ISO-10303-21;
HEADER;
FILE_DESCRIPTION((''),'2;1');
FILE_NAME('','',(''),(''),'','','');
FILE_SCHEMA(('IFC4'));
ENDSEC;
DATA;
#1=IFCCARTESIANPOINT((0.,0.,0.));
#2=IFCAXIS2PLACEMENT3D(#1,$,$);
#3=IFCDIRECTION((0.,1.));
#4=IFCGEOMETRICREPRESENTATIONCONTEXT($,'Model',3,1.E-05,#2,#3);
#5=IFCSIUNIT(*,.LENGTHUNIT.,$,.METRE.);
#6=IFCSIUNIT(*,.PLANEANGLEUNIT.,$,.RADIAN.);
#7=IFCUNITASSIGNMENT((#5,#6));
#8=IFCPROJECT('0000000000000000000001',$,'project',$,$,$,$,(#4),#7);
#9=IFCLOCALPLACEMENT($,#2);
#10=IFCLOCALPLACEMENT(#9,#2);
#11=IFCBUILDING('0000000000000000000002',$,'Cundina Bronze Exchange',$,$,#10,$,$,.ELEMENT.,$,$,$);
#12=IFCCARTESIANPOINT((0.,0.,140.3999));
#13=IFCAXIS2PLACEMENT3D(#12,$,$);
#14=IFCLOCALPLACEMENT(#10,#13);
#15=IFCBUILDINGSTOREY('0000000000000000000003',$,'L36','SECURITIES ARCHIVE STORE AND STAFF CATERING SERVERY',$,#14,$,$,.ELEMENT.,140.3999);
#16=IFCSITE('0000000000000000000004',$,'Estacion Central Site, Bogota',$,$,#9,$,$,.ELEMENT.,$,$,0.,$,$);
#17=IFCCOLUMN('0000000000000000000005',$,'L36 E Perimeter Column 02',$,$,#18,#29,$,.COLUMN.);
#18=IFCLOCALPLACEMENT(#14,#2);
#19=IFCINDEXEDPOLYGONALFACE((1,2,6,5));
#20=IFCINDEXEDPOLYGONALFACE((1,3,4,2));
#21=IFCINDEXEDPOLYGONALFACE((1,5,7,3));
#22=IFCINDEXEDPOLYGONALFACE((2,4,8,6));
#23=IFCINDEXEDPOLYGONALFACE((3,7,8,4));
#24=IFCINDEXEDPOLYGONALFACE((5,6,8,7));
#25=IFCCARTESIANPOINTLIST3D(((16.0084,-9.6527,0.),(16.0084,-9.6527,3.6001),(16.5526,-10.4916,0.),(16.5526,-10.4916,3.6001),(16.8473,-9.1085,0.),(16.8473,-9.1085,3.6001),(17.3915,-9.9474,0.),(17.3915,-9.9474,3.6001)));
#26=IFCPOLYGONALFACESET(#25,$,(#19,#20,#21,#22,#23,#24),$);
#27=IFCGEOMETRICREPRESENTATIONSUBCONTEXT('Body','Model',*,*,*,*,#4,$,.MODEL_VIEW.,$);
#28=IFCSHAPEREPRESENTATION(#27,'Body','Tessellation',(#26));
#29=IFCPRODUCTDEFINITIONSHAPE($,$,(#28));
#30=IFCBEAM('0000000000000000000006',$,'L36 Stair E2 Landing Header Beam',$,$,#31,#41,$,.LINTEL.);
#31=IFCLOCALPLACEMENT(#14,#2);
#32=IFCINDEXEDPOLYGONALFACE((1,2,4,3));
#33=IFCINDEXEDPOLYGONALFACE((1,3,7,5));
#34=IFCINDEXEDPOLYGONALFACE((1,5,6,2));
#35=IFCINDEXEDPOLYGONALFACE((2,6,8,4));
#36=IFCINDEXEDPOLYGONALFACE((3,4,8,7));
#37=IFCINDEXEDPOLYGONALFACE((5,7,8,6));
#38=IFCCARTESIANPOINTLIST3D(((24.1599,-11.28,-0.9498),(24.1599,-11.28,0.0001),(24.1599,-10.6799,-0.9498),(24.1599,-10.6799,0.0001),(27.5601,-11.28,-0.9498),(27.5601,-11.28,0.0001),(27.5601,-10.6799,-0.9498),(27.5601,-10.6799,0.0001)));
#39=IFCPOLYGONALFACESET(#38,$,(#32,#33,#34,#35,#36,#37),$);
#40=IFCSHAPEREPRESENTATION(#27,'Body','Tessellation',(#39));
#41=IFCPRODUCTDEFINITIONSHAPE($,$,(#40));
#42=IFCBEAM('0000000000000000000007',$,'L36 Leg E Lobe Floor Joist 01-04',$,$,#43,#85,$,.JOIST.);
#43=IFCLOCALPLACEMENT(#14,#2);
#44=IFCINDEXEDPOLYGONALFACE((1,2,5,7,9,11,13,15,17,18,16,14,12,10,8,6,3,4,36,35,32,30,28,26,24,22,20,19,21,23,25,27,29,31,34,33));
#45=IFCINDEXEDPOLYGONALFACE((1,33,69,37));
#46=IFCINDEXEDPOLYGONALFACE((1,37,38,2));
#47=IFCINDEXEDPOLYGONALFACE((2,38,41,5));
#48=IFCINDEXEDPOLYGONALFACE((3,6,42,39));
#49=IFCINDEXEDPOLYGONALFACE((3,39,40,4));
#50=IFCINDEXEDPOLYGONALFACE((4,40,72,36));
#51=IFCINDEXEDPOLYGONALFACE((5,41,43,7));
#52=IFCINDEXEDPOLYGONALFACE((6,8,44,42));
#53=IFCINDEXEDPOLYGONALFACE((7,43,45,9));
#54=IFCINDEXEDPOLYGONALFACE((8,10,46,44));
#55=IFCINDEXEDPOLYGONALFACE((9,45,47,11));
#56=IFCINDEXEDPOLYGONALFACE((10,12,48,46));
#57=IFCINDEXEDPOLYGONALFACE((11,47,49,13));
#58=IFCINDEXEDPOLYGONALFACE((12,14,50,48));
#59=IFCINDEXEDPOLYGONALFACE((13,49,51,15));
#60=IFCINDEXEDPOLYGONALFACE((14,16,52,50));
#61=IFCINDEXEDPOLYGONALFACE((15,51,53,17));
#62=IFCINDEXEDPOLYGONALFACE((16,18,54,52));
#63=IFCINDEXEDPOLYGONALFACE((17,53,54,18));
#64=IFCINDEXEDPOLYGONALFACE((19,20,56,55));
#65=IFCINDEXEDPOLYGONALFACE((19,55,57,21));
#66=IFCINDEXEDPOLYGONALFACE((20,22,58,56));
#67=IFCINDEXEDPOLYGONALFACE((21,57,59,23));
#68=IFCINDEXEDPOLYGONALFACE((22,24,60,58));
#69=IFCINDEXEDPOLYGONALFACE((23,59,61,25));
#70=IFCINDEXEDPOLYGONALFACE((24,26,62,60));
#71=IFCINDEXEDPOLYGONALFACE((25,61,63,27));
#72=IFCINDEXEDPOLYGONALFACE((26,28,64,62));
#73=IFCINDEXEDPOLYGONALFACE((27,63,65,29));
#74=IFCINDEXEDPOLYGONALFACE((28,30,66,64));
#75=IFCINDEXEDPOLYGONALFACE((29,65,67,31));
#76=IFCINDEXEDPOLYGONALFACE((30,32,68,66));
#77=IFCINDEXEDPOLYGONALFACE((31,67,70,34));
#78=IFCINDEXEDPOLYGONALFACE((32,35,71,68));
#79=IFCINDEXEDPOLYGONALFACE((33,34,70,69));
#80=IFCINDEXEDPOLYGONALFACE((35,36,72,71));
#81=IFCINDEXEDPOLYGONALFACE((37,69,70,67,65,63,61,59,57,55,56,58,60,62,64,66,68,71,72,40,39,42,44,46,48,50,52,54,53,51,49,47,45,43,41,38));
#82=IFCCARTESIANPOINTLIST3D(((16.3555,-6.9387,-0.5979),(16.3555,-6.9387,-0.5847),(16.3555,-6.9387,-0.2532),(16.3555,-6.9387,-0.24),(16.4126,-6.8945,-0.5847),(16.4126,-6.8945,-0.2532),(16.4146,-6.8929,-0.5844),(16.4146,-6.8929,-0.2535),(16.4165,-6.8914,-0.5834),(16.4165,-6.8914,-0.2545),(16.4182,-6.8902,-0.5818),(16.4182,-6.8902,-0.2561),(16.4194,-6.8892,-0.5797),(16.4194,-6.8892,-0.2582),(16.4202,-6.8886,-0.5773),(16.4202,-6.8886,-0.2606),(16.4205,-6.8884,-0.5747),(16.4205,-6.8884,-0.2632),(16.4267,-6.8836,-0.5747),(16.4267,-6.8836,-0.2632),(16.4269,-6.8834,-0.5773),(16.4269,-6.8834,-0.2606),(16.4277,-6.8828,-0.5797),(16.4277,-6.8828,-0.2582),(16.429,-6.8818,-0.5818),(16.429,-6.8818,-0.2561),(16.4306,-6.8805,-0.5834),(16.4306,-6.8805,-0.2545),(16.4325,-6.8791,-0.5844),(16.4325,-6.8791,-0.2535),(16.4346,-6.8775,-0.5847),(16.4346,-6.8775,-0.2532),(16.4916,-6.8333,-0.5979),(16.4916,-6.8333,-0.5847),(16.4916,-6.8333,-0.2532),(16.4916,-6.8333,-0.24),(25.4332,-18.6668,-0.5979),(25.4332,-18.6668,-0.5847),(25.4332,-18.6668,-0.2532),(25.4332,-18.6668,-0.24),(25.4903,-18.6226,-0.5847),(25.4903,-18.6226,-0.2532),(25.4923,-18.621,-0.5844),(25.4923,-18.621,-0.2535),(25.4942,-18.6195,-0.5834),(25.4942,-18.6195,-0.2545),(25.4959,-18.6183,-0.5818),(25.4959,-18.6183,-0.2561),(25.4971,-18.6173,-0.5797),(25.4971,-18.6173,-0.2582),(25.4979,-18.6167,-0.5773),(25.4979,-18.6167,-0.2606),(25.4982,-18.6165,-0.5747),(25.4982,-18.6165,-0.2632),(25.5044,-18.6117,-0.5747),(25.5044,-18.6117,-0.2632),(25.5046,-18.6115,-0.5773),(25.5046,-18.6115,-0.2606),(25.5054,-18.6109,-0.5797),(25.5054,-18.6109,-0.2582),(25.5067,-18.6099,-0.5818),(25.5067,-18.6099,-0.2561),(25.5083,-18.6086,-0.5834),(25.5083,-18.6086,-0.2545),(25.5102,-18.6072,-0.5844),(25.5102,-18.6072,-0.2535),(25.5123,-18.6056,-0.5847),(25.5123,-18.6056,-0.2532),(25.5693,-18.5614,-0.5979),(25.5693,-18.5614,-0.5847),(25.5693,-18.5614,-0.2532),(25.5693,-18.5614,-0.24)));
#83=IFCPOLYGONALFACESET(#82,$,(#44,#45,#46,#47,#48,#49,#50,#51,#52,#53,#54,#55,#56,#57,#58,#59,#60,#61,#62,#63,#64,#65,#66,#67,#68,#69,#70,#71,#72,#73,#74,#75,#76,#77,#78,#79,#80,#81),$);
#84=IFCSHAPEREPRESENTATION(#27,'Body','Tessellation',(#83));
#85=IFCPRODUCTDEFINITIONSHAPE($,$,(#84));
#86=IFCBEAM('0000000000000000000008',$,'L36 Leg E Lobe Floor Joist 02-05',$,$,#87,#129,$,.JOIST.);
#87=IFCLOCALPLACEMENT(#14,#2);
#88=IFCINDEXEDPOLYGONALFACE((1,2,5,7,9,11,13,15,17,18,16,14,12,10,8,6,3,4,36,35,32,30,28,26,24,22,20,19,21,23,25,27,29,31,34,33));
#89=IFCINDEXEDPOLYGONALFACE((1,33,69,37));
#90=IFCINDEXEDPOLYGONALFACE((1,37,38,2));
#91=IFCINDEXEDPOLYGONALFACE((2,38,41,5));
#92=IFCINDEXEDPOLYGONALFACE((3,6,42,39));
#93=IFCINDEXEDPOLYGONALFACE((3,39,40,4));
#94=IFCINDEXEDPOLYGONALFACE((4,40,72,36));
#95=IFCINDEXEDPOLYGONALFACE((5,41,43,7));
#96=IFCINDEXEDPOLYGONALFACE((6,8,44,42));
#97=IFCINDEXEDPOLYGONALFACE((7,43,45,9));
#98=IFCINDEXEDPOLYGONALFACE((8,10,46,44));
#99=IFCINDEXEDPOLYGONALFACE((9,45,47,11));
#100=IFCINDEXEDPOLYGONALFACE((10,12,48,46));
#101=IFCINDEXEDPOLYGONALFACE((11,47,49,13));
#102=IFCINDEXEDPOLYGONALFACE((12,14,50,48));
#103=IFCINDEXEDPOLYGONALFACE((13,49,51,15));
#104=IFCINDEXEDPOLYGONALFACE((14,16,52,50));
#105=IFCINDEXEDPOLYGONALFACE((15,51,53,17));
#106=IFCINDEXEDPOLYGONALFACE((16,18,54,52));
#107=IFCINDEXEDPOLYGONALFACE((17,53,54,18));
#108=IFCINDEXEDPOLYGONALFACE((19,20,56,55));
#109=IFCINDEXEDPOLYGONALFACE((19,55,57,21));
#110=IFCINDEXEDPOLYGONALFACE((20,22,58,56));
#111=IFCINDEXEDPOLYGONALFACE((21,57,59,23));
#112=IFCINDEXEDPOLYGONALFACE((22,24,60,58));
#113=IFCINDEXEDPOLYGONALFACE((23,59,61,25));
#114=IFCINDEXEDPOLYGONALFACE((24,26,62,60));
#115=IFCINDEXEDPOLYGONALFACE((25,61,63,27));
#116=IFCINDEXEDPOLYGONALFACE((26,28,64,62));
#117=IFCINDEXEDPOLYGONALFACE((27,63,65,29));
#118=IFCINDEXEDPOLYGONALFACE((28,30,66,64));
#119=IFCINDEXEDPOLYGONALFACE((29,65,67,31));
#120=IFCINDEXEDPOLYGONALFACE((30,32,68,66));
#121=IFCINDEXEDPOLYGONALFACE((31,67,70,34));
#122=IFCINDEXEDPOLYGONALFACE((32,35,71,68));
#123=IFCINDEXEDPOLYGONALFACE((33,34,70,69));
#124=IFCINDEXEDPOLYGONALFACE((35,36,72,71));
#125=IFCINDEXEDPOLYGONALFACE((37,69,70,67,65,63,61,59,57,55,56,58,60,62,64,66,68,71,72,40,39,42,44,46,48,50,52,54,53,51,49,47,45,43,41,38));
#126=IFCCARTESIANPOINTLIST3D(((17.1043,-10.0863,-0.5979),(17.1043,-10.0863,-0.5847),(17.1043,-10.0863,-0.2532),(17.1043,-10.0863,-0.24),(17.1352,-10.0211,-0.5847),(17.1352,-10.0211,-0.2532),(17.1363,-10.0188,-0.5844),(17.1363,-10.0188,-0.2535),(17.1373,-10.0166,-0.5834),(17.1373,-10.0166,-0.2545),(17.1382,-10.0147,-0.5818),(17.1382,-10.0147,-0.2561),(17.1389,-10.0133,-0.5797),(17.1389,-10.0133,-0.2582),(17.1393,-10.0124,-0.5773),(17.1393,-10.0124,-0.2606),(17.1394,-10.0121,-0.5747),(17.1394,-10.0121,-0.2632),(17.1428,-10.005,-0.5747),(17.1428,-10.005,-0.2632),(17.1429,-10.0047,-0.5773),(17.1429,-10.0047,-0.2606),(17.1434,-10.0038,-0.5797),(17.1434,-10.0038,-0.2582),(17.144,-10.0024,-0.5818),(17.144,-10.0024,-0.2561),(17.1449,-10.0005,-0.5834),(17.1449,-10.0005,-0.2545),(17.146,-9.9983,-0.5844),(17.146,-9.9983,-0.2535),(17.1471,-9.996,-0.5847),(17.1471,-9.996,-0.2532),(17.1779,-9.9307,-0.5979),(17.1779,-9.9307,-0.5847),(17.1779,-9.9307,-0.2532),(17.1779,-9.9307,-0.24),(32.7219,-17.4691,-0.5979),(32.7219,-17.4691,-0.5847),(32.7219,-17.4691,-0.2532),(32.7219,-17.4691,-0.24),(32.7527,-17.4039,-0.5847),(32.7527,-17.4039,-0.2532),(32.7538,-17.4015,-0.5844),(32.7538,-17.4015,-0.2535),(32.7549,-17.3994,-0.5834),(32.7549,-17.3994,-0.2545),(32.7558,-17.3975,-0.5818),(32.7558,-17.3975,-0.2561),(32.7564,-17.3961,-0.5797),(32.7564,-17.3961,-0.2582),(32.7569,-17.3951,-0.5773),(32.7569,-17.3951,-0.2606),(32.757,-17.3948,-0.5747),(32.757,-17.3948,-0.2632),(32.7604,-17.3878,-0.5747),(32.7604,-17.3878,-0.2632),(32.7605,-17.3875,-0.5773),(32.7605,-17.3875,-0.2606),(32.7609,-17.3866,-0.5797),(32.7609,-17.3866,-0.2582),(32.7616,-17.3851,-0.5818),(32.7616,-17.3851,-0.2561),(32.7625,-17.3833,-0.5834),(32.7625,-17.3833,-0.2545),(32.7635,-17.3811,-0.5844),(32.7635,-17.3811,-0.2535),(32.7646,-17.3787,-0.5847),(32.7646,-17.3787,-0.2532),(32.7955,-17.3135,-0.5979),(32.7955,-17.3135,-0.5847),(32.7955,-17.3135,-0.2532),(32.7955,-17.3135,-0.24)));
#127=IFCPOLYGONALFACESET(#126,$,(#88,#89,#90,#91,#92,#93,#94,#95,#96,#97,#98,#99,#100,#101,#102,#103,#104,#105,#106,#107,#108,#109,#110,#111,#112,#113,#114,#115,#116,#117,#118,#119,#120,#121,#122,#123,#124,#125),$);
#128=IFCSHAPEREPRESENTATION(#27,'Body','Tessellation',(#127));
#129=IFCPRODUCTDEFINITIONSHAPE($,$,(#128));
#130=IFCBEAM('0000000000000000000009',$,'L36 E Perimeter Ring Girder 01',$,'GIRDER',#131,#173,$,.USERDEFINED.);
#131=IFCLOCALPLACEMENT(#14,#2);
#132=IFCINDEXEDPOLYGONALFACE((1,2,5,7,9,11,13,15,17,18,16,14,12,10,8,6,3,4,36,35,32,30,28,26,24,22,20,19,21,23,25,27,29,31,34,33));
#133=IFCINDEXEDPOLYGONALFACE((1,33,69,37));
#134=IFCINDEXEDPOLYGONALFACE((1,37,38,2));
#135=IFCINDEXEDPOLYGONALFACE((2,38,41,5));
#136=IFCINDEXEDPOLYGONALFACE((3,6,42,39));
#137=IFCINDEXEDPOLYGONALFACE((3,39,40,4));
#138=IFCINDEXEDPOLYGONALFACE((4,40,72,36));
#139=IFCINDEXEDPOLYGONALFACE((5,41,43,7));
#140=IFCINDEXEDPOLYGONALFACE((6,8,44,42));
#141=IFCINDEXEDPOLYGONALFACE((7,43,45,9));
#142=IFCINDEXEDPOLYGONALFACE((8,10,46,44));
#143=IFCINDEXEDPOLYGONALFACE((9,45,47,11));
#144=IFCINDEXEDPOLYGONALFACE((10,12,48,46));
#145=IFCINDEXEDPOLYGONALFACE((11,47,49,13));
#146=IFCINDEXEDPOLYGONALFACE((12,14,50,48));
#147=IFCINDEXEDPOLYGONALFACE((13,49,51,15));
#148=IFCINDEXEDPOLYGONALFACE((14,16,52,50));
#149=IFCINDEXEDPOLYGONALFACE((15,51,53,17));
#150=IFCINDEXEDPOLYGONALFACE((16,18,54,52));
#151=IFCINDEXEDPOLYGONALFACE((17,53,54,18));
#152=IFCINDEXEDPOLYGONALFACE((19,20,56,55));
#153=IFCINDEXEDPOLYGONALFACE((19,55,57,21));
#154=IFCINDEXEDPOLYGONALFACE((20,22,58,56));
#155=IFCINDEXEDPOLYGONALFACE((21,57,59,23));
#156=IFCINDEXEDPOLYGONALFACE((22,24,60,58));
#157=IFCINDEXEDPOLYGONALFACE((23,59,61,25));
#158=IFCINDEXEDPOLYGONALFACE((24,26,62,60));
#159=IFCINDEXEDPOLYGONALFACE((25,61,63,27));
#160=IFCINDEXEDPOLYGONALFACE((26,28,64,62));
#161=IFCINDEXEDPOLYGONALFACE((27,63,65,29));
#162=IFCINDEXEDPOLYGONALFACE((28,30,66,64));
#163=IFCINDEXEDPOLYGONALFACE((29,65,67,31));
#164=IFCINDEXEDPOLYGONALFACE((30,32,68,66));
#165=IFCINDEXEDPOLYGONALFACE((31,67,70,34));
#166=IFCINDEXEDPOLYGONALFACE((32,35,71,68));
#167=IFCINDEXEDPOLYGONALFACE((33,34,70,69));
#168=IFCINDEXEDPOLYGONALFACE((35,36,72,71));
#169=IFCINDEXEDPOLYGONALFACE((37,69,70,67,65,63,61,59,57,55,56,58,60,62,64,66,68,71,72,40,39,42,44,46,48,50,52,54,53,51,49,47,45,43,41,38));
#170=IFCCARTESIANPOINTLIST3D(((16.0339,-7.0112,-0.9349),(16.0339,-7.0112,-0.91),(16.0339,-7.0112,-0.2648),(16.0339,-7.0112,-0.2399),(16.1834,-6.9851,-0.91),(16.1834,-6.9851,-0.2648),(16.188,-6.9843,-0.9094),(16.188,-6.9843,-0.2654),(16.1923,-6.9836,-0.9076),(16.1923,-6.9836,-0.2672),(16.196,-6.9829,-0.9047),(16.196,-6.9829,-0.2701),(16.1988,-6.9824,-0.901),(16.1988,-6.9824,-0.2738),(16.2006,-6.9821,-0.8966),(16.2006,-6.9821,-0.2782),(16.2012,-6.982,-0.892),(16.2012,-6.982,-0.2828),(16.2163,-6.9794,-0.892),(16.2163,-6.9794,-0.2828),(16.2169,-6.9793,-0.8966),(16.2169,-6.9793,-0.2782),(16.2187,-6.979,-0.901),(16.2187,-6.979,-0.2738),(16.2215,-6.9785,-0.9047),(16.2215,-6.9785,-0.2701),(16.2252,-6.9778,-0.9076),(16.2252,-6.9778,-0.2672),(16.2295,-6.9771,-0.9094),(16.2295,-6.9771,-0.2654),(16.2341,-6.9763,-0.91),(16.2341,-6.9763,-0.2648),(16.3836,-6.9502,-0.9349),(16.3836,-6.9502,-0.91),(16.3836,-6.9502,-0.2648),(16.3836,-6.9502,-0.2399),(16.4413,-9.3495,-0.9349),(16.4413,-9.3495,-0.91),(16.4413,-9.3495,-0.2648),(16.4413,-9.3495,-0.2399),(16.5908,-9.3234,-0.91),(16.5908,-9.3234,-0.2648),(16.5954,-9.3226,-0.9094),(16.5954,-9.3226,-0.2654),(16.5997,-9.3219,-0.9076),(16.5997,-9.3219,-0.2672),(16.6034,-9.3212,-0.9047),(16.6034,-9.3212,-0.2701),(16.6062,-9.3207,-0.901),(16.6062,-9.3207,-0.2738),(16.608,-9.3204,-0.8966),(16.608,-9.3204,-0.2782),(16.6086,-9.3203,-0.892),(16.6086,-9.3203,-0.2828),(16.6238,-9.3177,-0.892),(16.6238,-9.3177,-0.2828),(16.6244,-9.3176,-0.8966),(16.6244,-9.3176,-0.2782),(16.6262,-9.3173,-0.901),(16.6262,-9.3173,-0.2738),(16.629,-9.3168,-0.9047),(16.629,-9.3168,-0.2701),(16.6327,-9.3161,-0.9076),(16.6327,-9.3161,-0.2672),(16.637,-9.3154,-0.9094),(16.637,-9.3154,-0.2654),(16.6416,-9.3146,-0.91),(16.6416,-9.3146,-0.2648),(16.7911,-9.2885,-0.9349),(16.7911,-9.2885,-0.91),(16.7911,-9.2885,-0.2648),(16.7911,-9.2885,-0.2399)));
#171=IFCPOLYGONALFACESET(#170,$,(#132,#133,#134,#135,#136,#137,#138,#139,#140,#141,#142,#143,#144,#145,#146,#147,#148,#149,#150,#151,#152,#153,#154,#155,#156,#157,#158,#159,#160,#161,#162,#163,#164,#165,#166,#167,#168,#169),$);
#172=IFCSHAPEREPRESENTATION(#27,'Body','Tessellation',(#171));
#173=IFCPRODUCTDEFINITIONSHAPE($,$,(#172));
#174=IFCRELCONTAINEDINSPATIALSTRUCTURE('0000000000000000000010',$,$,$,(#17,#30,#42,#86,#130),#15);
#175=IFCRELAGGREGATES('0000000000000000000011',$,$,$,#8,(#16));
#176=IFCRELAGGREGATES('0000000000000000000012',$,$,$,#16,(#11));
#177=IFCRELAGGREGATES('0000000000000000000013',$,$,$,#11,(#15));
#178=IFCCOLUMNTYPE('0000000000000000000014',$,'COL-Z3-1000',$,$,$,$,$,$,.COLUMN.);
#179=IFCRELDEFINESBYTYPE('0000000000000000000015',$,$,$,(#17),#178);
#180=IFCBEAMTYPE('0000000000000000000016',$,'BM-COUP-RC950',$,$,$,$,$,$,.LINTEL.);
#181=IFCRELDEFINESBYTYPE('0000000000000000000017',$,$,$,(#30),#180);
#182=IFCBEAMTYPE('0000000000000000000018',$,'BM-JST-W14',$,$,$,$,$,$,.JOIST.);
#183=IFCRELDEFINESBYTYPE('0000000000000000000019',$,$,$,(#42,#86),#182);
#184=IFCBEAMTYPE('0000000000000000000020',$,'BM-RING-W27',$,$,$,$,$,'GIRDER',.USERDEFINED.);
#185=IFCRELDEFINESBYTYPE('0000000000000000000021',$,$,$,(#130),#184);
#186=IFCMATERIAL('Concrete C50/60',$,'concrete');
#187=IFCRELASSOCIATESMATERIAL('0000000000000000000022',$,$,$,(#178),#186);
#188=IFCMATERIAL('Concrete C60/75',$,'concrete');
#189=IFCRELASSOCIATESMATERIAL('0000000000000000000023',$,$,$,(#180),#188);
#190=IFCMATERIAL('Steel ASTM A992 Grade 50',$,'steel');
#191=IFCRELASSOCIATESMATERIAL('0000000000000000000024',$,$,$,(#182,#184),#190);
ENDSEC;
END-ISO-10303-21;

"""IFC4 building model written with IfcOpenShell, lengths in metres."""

from ifc_helpers import new_model, si_unit, direction, frame, origin, origin_2d, place, context, subcontext, project, spatial, rectangle, i_section, extrude, material, material_profile, profile_set, type_object, element, save


model = new_model("IFC4")

# Units and contexts
model_context = context("Model", 3, precision=1e-05, world=origin(), true_north=direction((0.0, 1.0)))
body_context = subcontext(model_context, "Body", "Model", "MODEL_VIEW")
ifc_project = project(units=[si_unit("LENGTHUNIT", "METRE"), si_unit("PLANEANGLEUNIT", "RADIAN")], contexts=[model_context])

# Site, building, storey
site_placement = place(None, origin())
site = spatial("IfcSite", under=ifc_project, at=site_placement, Name="Estacion Central Site, Bogota", CompositionType="ELEMENT", RefElevation=0.0)
building_placement = place(site_placement, origin())
building = spatial("IfcBuilding", under=site, at=building_placement, Name="Cundina Bronze Exchange", CompositionType="ELEMENT")
storey_placement = place(building_placement, frame((0.0, 0.0, 140.3999)))
storey = spatial("IfcBuildingStorey", under=building, at=storey_placement, Name="L36", Description="SECURITIES ARCHIVE STORE AND STAFF CATERING SERVERY", CompositionType="ELEMENT", Elevation=140.3999)

# Column
ifc_material_1 = material(Name="Concrete C50/60", Category="concrete")
ifc_material_profile_1 = material_profile(ifc_material_1, rectangle(XDim=1.0, YDim=1.0, at=origin_2d()), Name="RC1000X1000", Category="concrete")
ifc_profile_set_1 = profile_set([ifc_material_profile_1], Name="Concrete C50/60")
column_type = type_object("IfcColumnType", Name="COL-Z3-1000", PredefinedType="COLUMN", material=ifc_profile_set_1)
column_placement = place(storey_placement, frame((16.7, -9.8, 0.0), z_axis=(0.0, 0.0, 1.0), x_axis=(0.5442, -0.838956, 0.0)))
element("IfcColumn", 1, at=column_placement, inside=storey, type_object=column_type, Name="L36 E Perimeter Column 02", PredefinedType="COLUMN", context=body_context, shape_type="SweptSolid", body=[
    extrude(rectangle(XDim=1.0, YDim=1.0, at=origin_2d()), origin(), (0.0, 0.0, 1.0), 3.6001),
])

# Beams
ifc_material_2 = material(Name="Concrete C60/75", Category="concrete")
ifc_material_profile_2 = material_profile(ifc_material_2, rectangle(XDim=0.6001, YDim=0.95, at=origin_2d()), Name="RC600X950", Category="concrete")
ifc_profile_set_2 = profile_set([ifc_material_profile_2], Name="Concrete C60/75")
beam_type_1 = type_object("IfcBeamType", Name="BM-COUP-RC950", PredefinedType="LINTEL", material=ifc_profile_set_2)
beam_1_placement = place(storey_placement, frame((24.1599, -10.98, -0.4749), z_axis=(1.0, 0.0, 0.0), x_axis=(0.0, 1.0, 0.0)))
element("IfcBeam", 2, at=beam_1_placement, inside=storey, type_object=beam_type_1, Name="L36 Stair E2 Landing Header Beam", PredefinedType="LINTEL", context=body_context, shape_type="SweptSolid", body=[
    extrude(rectangle(XDim=0.6001, YDim=0.95, at=origin_2d()), origin(), (0.0, 0.0, 1.0), 3.4001),
])
ifc_material_3 = material(Name="Steel ASTM A992 Grade 50", Category="steel")
ifc_material_profile_3 = material_profile(ifc_material_3, i_section(OverallWidth=0.1721, OverallDepth=0.3579, WebThickness=0.0078, FlangeThickness=0.0132, FilletRadius=0.01, at=origin_2d()), Name="W14X38", Category="steel")
ifc_profile_set_3 = profile_set([ifc_material_profile_3], Name="Steel ASTM A992 Grade 50")
beam_type_2 = type_object("IfcBeamType", Name="BM-JST-W14", PredefinedType="JOIST", material=ifc_profile_set_3)
beam_2_placement = place(storey_placement, frame((16.4236, -6.886, -0.4189), z_axis=(0.612084, -0.790793, 0.0), x_axis=(0.790793, 0.612084, 0.0)))
element("IfcBeam", 3, at=beam_2_placement, inside=storey, type_object=beam_type_2, Name="L36 Leg E Lobe Floor Joist 01-04", PredefinedType="JOIST", context=body_context, shape_type="SweptSolid", body=[
    extrude(i_section(OverallWidth=0.1721, OverallDepth=0.3579, WebThickness=0.0078, FlangeThickness=0.0132, FilletRadius=0.01, at=origin_2d()), origin(), (0.0, 0.0, 1.0), 14.8308),
])
beam_3_placement = place(storey_placement, frame((17.1411, -10.0085, -0.4189), z_axis=(0.904074, -0.427375, 0.0), x_axis=(0.427375, 0.904074, 0.0)))
element("IfcBeam", 4, at=beam_3_placement, inside=storey, type_object=beam_type_2, Name="L36 Leg E Lobe Floor Joist 02-05", PredefinedType="JOIST", context=body_context, shape_type="SweptSolid", body=[
    extrude(i_section(OverallWidth=0.1721, OverallDepth=0.3579, WebThickness=0.0078, FlangeThickness=0.0132, FilletRadius=0.01, at=origin_2d()), origin(), (0.0, 0.0, 1.0), 17.2747),
])
ifc_material_profile_4 = material_profile(ifc_material_3, i_section(OverallWidth=0.355, OverallDepth=0.6951, WebThickness=0.0154, FlangeThickness=0.0249, FilletRadius=0.0181, at=origin_2d()), Name="W27X146", Category="steel")
ifc_profile_set_4 = profile_set([ifc_material_profile_4], Name="Steel ASTM A992 Grade 50")
beam_type_3 = type_object("IfcBeamType", Name="BM-RING-W27", ElementType="GIRDER", PredefinedType="USERDEFINED", material=ifc_profile_set_4)
beam_4_placement = place(storey_placement, frame((16.2087, -6.9807, -0.5874), z_axis=(0.171667, -0.985155, 0.0), x_axis=(0.985155, 0.171667, 0.0)))
element("IfcBeam", 5, at=beam_4_placement, inside=storey, type_object=beam_type_3, Name="L36 E Perimeter Ring Girder 01", ObjectType="GIRDER", PredefinedType="USERDEFINED", context=body_context, shape_type="SweptSolid", body=[
    extrude(i_section(OverallWidth=0.355, OverallDepth=0.6951, WebThickness=0.0154, FlangeThickness=0.0249, FilletRadius=0.0181, at=origin_2d()), origin(), (0.0, 0.0, 1.0), 2.3735),
])

save(model, "model.ifc")
